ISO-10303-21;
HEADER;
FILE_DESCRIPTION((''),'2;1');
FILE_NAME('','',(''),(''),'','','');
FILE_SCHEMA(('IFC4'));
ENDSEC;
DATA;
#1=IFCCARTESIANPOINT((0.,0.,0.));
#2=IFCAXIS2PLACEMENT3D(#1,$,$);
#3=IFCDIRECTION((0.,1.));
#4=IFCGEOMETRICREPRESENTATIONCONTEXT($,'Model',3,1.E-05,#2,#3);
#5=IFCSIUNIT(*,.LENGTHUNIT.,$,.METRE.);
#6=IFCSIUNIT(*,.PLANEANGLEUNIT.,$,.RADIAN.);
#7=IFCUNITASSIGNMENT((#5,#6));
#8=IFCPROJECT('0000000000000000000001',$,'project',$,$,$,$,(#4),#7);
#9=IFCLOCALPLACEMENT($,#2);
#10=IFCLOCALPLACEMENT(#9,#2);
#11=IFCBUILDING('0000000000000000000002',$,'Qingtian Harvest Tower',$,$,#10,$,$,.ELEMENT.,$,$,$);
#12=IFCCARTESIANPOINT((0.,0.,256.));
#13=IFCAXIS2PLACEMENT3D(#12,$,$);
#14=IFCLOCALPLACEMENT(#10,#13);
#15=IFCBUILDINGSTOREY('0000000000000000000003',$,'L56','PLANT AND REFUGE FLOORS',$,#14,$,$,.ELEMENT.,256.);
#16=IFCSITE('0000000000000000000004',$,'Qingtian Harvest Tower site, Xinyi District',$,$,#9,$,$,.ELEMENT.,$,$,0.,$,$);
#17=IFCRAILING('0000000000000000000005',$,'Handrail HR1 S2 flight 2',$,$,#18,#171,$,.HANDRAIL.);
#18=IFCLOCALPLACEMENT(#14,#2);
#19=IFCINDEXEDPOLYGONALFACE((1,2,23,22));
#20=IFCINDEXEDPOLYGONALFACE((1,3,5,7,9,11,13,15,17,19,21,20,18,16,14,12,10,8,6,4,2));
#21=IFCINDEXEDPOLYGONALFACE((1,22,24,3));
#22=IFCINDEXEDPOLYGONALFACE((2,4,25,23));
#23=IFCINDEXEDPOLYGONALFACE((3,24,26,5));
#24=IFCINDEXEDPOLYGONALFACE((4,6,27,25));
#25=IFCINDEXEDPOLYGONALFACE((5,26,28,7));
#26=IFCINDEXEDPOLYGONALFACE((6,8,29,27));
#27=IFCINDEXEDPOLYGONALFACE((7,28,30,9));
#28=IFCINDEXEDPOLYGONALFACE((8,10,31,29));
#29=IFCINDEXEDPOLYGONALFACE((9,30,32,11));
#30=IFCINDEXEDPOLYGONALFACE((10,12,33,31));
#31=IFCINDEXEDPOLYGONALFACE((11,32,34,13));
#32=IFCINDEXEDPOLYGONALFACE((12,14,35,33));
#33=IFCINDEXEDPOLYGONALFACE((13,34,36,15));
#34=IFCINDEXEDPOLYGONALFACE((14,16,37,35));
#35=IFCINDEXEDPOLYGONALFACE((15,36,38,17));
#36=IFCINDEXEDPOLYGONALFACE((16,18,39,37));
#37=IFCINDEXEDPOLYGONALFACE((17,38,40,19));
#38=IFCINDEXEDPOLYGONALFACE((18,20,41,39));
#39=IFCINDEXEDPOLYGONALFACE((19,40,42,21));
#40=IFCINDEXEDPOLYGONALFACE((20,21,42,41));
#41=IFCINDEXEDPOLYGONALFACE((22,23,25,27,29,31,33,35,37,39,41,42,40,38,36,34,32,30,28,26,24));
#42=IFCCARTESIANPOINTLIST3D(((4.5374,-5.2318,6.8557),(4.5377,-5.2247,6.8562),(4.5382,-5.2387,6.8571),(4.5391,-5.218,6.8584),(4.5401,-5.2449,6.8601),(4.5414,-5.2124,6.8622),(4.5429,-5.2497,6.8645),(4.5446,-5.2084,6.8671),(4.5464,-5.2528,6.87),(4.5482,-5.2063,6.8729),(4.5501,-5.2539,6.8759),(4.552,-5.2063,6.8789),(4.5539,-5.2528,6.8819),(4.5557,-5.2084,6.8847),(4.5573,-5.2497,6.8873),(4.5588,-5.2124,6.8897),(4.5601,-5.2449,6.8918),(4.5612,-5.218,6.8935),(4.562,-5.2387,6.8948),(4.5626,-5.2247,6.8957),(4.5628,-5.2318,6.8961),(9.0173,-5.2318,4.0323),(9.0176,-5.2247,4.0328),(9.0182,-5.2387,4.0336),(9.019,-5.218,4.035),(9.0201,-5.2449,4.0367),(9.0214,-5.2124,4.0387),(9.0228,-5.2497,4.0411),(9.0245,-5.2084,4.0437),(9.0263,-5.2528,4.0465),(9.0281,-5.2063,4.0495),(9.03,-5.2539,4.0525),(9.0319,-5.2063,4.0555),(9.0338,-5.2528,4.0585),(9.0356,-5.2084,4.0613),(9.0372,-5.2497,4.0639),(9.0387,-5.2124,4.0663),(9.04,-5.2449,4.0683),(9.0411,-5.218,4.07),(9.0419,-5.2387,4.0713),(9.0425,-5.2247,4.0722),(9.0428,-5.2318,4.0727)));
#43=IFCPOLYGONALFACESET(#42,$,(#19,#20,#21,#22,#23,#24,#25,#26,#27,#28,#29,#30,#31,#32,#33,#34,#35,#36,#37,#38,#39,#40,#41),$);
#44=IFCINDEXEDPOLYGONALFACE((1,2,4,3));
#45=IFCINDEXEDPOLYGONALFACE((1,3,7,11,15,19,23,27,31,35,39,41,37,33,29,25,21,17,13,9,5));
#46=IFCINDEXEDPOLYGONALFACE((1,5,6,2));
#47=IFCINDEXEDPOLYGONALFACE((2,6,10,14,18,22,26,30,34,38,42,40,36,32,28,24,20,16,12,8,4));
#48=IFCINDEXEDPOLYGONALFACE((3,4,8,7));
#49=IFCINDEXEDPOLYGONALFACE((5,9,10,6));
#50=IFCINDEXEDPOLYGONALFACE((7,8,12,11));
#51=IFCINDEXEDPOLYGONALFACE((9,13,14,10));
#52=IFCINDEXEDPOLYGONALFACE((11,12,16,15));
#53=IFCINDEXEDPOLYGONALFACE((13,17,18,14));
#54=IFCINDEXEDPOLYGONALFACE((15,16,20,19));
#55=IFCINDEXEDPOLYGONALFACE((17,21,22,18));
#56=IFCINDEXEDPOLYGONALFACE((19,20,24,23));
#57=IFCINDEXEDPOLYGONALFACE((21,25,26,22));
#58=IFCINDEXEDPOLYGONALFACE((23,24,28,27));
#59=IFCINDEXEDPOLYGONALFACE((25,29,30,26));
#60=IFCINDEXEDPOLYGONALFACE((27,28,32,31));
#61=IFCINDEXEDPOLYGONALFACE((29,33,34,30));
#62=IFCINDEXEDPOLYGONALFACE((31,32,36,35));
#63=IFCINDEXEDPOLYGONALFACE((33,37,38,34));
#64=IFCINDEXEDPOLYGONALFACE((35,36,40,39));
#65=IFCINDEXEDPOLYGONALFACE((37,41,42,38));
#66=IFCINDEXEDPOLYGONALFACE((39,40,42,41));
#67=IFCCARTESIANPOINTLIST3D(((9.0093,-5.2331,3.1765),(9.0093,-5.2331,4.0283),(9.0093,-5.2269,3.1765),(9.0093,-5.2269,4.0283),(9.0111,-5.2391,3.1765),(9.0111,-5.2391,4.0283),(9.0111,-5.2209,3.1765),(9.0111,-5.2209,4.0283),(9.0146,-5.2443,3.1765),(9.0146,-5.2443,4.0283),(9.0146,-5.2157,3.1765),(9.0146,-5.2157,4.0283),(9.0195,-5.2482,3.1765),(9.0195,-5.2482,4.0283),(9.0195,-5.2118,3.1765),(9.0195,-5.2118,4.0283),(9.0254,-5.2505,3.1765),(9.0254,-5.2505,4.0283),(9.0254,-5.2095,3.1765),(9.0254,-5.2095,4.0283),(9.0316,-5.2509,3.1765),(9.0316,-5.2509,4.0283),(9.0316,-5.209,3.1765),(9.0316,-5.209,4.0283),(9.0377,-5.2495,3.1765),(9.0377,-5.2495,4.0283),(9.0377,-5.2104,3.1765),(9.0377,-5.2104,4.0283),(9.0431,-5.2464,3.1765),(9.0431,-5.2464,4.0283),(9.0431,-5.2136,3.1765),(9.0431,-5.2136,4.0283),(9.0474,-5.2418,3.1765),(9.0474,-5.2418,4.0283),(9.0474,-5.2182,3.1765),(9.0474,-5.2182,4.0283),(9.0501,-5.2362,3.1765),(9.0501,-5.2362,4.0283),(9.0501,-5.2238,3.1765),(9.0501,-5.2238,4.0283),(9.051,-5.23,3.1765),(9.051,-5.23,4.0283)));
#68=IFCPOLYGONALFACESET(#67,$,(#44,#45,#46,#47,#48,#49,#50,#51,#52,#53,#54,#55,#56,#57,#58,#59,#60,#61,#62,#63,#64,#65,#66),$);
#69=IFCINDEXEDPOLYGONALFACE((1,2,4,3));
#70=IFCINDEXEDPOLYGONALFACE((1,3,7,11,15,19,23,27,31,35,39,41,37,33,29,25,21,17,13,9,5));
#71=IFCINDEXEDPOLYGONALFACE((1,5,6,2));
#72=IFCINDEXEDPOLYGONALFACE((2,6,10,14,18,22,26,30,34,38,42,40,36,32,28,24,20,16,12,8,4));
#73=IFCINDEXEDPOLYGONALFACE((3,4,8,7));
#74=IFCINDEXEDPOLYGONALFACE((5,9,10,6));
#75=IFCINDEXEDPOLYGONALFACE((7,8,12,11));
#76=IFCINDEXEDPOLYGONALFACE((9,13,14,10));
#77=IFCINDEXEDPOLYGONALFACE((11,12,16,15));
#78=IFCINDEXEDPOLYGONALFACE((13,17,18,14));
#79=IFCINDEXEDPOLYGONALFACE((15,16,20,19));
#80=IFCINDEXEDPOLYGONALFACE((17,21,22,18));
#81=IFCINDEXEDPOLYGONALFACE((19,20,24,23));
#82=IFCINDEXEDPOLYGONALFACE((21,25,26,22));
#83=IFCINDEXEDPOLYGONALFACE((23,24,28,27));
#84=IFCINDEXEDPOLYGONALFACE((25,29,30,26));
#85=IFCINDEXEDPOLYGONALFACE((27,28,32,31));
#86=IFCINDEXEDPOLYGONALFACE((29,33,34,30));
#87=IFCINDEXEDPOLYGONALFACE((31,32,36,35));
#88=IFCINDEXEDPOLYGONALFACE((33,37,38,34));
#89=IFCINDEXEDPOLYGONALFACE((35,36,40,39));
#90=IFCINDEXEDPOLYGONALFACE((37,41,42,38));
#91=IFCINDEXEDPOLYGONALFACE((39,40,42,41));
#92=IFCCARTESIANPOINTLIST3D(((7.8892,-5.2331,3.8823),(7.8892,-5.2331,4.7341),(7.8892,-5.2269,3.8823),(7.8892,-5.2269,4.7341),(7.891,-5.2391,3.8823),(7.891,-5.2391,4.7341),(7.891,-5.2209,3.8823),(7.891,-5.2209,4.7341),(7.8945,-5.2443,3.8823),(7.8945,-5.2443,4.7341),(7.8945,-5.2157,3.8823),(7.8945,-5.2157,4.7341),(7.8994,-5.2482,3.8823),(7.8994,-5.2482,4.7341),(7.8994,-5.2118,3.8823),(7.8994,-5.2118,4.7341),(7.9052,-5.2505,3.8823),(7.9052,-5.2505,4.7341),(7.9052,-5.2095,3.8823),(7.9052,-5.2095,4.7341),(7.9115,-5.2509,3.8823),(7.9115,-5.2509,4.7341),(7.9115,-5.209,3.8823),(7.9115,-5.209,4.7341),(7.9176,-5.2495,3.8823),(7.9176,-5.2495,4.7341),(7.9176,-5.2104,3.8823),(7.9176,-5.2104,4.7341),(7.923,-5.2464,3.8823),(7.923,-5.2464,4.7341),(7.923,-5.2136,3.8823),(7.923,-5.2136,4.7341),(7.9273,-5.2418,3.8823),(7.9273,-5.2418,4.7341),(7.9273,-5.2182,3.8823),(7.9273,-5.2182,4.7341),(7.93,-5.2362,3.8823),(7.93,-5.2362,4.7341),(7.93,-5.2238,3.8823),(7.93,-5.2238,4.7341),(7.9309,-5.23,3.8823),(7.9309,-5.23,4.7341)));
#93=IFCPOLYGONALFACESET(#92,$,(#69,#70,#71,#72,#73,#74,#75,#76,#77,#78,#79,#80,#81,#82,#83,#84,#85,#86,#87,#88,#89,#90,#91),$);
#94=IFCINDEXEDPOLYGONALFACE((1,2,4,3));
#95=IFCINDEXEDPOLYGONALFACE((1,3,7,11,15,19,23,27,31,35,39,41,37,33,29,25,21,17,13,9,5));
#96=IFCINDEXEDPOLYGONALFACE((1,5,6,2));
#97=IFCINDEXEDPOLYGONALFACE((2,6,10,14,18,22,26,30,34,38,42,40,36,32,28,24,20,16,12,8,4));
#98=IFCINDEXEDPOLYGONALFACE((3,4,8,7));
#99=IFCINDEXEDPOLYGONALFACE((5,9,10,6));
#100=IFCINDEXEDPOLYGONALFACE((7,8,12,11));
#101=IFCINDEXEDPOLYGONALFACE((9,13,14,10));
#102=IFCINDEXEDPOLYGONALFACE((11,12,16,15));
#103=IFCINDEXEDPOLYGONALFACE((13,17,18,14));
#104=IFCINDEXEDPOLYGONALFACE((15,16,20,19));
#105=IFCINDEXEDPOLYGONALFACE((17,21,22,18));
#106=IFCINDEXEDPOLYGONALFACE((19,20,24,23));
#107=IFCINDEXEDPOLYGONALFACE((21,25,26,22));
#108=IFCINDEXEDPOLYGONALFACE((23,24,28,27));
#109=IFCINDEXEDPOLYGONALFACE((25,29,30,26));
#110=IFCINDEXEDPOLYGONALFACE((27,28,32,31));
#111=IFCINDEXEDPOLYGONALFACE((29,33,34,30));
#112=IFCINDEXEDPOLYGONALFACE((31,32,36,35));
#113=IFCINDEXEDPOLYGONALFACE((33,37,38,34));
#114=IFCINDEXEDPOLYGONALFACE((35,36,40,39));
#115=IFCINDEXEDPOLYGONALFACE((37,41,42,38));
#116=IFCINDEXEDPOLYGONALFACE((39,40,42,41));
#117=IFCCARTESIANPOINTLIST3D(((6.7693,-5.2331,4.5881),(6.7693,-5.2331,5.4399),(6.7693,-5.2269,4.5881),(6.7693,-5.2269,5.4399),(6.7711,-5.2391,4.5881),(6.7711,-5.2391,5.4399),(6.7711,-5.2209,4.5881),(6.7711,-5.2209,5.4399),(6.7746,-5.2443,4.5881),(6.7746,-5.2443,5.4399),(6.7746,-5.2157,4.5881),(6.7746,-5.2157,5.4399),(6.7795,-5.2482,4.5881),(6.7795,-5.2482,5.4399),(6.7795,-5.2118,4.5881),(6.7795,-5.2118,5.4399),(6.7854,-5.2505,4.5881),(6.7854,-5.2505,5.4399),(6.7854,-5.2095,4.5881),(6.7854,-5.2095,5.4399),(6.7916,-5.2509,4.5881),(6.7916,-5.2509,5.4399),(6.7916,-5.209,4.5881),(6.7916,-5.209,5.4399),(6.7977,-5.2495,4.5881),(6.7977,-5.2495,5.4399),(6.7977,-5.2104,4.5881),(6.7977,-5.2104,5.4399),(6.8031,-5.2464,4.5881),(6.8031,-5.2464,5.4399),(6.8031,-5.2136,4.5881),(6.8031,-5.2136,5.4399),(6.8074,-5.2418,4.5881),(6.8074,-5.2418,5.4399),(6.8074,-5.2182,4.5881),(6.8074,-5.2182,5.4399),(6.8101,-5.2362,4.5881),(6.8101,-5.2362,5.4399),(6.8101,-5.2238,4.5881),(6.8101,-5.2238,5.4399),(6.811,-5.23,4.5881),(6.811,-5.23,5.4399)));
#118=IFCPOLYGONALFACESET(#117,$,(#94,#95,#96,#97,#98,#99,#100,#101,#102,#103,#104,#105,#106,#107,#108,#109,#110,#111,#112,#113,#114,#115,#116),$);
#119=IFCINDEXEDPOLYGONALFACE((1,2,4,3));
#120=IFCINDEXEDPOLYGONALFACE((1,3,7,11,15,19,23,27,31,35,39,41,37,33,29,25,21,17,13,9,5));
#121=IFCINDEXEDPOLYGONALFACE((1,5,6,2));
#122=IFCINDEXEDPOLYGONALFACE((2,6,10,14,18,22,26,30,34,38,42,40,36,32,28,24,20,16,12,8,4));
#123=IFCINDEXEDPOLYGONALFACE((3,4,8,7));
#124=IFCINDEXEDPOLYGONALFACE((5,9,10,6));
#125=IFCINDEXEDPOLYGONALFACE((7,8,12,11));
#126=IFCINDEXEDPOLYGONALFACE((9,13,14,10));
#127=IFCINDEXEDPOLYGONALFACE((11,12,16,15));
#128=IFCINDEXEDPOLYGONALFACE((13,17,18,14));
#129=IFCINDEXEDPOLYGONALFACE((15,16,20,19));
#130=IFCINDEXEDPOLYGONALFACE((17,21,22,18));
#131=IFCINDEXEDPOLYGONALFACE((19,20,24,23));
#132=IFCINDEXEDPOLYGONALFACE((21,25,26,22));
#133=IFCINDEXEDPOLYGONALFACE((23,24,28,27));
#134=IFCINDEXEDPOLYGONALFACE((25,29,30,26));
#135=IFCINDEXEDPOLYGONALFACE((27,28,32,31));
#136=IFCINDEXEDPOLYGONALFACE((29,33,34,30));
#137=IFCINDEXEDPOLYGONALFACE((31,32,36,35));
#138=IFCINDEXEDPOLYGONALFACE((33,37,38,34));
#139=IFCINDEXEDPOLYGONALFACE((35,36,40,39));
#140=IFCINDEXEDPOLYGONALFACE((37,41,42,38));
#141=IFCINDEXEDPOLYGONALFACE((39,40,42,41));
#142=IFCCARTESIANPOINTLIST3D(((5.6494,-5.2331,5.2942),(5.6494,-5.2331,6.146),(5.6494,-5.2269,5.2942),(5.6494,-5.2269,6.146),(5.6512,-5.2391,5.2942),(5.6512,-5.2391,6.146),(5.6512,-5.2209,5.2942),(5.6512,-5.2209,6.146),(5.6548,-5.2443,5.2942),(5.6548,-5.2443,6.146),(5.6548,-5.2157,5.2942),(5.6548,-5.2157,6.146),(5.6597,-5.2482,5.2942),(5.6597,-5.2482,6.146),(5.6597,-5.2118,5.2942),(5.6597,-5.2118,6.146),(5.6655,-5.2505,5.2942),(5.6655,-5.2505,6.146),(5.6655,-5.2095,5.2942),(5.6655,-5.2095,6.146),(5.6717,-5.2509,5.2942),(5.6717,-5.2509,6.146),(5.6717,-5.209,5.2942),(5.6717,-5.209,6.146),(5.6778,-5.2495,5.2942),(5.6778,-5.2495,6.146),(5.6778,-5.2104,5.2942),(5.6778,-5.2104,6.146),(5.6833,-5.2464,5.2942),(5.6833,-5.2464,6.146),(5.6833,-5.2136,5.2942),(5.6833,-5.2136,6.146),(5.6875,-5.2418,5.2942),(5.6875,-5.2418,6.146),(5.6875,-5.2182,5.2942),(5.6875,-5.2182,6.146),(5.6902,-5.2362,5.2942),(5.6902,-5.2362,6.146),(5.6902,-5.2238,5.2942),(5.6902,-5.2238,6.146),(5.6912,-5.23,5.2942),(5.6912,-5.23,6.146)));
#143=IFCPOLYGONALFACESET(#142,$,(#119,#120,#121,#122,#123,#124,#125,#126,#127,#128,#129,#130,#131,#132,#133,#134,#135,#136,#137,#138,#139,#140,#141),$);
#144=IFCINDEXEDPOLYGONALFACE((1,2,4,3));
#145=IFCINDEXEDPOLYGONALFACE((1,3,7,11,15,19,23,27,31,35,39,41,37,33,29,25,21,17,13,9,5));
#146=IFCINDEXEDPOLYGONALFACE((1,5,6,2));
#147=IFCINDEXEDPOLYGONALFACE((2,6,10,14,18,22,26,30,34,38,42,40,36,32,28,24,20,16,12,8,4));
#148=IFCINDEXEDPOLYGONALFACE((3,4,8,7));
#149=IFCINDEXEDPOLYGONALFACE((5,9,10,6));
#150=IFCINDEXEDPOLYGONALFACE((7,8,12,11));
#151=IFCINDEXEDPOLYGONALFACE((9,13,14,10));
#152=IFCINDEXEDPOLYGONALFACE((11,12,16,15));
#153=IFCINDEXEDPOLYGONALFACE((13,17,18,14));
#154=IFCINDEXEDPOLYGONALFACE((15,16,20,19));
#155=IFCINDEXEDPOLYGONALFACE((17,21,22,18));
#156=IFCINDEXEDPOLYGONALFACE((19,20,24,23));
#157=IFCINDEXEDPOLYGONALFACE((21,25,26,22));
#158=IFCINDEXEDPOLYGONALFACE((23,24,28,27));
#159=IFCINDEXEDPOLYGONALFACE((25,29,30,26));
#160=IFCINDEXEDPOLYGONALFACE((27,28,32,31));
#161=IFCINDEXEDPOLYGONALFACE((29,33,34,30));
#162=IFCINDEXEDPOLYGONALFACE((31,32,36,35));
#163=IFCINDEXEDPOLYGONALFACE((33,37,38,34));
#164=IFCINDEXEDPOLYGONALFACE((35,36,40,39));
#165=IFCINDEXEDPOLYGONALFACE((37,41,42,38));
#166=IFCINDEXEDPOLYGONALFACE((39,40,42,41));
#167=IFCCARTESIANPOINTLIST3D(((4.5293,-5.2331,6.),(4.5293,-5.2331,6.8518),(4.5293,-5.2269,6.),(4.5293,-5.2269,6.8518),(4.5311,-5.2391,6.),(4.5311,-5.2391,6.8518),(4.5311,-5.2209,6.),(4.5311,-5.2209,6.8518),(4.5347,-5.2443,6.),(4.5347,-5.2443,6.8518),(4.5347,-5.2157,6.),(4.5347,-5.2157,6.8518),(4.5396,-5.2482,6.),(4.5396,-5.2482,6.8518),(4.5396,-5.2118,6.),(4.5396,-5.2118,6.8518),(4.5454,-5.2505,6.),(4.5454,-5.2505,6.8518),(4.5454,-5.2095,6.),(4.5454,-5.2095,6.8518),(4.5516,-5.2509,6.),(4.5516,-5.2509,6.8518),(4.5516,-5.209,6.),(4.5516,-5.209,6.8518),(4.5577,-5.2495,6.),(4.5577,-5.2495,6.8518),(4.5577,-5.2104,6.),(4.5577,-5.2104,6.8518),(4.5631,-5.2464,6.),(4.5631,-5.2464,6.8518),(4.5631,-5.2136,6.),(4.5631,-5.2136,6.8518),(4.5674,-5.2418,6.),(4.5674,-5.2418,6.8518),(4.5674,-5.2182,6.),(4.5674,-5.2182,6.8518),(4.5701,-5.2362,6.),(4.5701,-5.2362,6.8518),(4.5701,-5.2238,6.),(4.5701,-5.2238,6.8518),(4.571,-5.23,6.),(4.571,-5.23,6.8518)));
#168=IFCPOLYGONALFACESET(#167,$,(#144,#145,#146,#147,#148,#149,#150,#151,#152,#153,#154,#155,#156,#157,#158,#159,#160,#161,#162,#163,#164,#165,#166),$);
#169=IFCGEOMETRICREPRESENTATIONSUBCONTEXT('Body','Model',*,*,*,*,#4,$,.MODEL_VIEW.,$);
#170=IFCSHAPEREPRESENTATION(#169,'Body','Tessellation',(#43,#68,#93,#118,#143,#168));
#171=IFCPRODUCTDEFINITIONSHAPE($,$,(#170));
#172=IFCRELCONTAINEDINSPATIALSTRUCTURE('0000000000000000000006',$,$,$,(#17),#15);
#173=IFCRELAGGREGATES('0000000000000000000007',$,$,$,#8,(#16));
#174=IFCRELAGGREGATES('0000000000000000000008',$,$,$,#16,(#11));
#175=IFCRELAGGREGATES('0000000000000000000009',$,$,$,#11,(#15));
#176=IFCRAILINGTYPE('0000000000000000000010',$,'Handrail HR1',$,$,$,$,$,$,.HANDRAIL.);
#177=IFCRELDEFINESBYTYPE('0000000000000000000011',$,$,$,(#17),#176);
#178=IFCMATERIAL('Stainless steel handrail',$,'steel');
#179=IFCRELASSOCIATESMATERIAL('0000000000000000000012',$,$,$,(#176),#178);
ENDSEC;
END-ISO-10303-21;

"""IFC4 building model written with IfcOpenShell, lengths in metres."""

from ifc_helpers import new_model, si_unit, direction, frame, origin, origin_2d, place, context, subcontext, project, spatial, circle, extrude, material, type_object, element, save


model = new_model("IFC4")

# Units and contexts
model_context = context("Model", 3, precision=1e-05, world=origin(), true_north=direction((0.0, 1.0)))
body_context = subcontext(model_context, "Body", "Model", "MODEL_VIEW")
ifc_project = project(units=[si_unit("LENGTHUNIT", "METRE"), si_unit("PLANEANGLEUNIT", "RADIAN")], contexts=[model_context])

# Site, building, storey
site_placement = place(None, origin())
site = spatial("IfcSite", under=ifc_project, at=site_placement, Name="Qingtian Harvest Tower site, Xinyi District", CompositionType="ELEMENT", RefElevation=0.0)
building_placement = place(site_placement, origin())
building = spatial("IfcBuilding", under=site, at=building_placement, Name="Qingtian Harvest Tower", CompositionType="ELEMENT")
storey_placement = place(building_placement, frame((0.0, 0.0, 256.0)))
storey = spatial("IfcBuildingStorey", under=building, at=storey_placement, Name="L56", Description="PLANT AND REFUGE FLOORS", CompositionType="ELEMENT", Elevation=256.0)

# Railing
ifc_material_1 = material(Name="Stainless steel handrail", Category="steel")
railing_type = type_object("IfcRailingType", Name="Handrail HR1", PredefinedType="HANDRAIL", material=ifc_material_1)
railing_1_placement = place(storey_placement, frame((9.03, -5.23, 3.1765)))
element("IfcRailing", 1, at=railing_1_placement, inside=storey, type_object=railing_type, Name="Handrail HR1 S2 flight 2", PredefinedType="HANDRAIL", context=body_context, shape_type="SweptSolid", body=[
    extrude(circle(Radius=0.0239, at=origin_2d()), frame((0.0, 0.0, 0.876), z_axis=(-0.845998, 0.0, 0.533186), x_axis=(0.0, -1.0, 0.0)), (0.0, 0.0, 1.0), 5.2954),
    extrude(circle(Radius=0.021, at=origin_2d()), origin(), (0.0, 0.0, 1.0), 0.8518),
    extrude(circle(Radius=0.021, at=origin_2d()), frame((-1.1201, 0.0, 0.7058)), (0.0, 0.0, 1.0), 0.8518),
    extrude(circle(Radius=0.021, at=origin_2d()), frame((-2.24, 0.0, 1.4116)), (0.0, 0.0, 1.0), 0.8518),
    extrude(circle(Radius=0.021, at=origin_2d()), frame((-3.3599, 0.0, 2.1177)), (0.0, 0.0, 1.0), 0.8518),
    extrude(circle(Radius=0.021, at=origin_2d()), frame((-4.48, 0.0, 2.8235)), (0.0, 0.0, 1.0), 0.8518),
])

save(model, "model.ifc")
